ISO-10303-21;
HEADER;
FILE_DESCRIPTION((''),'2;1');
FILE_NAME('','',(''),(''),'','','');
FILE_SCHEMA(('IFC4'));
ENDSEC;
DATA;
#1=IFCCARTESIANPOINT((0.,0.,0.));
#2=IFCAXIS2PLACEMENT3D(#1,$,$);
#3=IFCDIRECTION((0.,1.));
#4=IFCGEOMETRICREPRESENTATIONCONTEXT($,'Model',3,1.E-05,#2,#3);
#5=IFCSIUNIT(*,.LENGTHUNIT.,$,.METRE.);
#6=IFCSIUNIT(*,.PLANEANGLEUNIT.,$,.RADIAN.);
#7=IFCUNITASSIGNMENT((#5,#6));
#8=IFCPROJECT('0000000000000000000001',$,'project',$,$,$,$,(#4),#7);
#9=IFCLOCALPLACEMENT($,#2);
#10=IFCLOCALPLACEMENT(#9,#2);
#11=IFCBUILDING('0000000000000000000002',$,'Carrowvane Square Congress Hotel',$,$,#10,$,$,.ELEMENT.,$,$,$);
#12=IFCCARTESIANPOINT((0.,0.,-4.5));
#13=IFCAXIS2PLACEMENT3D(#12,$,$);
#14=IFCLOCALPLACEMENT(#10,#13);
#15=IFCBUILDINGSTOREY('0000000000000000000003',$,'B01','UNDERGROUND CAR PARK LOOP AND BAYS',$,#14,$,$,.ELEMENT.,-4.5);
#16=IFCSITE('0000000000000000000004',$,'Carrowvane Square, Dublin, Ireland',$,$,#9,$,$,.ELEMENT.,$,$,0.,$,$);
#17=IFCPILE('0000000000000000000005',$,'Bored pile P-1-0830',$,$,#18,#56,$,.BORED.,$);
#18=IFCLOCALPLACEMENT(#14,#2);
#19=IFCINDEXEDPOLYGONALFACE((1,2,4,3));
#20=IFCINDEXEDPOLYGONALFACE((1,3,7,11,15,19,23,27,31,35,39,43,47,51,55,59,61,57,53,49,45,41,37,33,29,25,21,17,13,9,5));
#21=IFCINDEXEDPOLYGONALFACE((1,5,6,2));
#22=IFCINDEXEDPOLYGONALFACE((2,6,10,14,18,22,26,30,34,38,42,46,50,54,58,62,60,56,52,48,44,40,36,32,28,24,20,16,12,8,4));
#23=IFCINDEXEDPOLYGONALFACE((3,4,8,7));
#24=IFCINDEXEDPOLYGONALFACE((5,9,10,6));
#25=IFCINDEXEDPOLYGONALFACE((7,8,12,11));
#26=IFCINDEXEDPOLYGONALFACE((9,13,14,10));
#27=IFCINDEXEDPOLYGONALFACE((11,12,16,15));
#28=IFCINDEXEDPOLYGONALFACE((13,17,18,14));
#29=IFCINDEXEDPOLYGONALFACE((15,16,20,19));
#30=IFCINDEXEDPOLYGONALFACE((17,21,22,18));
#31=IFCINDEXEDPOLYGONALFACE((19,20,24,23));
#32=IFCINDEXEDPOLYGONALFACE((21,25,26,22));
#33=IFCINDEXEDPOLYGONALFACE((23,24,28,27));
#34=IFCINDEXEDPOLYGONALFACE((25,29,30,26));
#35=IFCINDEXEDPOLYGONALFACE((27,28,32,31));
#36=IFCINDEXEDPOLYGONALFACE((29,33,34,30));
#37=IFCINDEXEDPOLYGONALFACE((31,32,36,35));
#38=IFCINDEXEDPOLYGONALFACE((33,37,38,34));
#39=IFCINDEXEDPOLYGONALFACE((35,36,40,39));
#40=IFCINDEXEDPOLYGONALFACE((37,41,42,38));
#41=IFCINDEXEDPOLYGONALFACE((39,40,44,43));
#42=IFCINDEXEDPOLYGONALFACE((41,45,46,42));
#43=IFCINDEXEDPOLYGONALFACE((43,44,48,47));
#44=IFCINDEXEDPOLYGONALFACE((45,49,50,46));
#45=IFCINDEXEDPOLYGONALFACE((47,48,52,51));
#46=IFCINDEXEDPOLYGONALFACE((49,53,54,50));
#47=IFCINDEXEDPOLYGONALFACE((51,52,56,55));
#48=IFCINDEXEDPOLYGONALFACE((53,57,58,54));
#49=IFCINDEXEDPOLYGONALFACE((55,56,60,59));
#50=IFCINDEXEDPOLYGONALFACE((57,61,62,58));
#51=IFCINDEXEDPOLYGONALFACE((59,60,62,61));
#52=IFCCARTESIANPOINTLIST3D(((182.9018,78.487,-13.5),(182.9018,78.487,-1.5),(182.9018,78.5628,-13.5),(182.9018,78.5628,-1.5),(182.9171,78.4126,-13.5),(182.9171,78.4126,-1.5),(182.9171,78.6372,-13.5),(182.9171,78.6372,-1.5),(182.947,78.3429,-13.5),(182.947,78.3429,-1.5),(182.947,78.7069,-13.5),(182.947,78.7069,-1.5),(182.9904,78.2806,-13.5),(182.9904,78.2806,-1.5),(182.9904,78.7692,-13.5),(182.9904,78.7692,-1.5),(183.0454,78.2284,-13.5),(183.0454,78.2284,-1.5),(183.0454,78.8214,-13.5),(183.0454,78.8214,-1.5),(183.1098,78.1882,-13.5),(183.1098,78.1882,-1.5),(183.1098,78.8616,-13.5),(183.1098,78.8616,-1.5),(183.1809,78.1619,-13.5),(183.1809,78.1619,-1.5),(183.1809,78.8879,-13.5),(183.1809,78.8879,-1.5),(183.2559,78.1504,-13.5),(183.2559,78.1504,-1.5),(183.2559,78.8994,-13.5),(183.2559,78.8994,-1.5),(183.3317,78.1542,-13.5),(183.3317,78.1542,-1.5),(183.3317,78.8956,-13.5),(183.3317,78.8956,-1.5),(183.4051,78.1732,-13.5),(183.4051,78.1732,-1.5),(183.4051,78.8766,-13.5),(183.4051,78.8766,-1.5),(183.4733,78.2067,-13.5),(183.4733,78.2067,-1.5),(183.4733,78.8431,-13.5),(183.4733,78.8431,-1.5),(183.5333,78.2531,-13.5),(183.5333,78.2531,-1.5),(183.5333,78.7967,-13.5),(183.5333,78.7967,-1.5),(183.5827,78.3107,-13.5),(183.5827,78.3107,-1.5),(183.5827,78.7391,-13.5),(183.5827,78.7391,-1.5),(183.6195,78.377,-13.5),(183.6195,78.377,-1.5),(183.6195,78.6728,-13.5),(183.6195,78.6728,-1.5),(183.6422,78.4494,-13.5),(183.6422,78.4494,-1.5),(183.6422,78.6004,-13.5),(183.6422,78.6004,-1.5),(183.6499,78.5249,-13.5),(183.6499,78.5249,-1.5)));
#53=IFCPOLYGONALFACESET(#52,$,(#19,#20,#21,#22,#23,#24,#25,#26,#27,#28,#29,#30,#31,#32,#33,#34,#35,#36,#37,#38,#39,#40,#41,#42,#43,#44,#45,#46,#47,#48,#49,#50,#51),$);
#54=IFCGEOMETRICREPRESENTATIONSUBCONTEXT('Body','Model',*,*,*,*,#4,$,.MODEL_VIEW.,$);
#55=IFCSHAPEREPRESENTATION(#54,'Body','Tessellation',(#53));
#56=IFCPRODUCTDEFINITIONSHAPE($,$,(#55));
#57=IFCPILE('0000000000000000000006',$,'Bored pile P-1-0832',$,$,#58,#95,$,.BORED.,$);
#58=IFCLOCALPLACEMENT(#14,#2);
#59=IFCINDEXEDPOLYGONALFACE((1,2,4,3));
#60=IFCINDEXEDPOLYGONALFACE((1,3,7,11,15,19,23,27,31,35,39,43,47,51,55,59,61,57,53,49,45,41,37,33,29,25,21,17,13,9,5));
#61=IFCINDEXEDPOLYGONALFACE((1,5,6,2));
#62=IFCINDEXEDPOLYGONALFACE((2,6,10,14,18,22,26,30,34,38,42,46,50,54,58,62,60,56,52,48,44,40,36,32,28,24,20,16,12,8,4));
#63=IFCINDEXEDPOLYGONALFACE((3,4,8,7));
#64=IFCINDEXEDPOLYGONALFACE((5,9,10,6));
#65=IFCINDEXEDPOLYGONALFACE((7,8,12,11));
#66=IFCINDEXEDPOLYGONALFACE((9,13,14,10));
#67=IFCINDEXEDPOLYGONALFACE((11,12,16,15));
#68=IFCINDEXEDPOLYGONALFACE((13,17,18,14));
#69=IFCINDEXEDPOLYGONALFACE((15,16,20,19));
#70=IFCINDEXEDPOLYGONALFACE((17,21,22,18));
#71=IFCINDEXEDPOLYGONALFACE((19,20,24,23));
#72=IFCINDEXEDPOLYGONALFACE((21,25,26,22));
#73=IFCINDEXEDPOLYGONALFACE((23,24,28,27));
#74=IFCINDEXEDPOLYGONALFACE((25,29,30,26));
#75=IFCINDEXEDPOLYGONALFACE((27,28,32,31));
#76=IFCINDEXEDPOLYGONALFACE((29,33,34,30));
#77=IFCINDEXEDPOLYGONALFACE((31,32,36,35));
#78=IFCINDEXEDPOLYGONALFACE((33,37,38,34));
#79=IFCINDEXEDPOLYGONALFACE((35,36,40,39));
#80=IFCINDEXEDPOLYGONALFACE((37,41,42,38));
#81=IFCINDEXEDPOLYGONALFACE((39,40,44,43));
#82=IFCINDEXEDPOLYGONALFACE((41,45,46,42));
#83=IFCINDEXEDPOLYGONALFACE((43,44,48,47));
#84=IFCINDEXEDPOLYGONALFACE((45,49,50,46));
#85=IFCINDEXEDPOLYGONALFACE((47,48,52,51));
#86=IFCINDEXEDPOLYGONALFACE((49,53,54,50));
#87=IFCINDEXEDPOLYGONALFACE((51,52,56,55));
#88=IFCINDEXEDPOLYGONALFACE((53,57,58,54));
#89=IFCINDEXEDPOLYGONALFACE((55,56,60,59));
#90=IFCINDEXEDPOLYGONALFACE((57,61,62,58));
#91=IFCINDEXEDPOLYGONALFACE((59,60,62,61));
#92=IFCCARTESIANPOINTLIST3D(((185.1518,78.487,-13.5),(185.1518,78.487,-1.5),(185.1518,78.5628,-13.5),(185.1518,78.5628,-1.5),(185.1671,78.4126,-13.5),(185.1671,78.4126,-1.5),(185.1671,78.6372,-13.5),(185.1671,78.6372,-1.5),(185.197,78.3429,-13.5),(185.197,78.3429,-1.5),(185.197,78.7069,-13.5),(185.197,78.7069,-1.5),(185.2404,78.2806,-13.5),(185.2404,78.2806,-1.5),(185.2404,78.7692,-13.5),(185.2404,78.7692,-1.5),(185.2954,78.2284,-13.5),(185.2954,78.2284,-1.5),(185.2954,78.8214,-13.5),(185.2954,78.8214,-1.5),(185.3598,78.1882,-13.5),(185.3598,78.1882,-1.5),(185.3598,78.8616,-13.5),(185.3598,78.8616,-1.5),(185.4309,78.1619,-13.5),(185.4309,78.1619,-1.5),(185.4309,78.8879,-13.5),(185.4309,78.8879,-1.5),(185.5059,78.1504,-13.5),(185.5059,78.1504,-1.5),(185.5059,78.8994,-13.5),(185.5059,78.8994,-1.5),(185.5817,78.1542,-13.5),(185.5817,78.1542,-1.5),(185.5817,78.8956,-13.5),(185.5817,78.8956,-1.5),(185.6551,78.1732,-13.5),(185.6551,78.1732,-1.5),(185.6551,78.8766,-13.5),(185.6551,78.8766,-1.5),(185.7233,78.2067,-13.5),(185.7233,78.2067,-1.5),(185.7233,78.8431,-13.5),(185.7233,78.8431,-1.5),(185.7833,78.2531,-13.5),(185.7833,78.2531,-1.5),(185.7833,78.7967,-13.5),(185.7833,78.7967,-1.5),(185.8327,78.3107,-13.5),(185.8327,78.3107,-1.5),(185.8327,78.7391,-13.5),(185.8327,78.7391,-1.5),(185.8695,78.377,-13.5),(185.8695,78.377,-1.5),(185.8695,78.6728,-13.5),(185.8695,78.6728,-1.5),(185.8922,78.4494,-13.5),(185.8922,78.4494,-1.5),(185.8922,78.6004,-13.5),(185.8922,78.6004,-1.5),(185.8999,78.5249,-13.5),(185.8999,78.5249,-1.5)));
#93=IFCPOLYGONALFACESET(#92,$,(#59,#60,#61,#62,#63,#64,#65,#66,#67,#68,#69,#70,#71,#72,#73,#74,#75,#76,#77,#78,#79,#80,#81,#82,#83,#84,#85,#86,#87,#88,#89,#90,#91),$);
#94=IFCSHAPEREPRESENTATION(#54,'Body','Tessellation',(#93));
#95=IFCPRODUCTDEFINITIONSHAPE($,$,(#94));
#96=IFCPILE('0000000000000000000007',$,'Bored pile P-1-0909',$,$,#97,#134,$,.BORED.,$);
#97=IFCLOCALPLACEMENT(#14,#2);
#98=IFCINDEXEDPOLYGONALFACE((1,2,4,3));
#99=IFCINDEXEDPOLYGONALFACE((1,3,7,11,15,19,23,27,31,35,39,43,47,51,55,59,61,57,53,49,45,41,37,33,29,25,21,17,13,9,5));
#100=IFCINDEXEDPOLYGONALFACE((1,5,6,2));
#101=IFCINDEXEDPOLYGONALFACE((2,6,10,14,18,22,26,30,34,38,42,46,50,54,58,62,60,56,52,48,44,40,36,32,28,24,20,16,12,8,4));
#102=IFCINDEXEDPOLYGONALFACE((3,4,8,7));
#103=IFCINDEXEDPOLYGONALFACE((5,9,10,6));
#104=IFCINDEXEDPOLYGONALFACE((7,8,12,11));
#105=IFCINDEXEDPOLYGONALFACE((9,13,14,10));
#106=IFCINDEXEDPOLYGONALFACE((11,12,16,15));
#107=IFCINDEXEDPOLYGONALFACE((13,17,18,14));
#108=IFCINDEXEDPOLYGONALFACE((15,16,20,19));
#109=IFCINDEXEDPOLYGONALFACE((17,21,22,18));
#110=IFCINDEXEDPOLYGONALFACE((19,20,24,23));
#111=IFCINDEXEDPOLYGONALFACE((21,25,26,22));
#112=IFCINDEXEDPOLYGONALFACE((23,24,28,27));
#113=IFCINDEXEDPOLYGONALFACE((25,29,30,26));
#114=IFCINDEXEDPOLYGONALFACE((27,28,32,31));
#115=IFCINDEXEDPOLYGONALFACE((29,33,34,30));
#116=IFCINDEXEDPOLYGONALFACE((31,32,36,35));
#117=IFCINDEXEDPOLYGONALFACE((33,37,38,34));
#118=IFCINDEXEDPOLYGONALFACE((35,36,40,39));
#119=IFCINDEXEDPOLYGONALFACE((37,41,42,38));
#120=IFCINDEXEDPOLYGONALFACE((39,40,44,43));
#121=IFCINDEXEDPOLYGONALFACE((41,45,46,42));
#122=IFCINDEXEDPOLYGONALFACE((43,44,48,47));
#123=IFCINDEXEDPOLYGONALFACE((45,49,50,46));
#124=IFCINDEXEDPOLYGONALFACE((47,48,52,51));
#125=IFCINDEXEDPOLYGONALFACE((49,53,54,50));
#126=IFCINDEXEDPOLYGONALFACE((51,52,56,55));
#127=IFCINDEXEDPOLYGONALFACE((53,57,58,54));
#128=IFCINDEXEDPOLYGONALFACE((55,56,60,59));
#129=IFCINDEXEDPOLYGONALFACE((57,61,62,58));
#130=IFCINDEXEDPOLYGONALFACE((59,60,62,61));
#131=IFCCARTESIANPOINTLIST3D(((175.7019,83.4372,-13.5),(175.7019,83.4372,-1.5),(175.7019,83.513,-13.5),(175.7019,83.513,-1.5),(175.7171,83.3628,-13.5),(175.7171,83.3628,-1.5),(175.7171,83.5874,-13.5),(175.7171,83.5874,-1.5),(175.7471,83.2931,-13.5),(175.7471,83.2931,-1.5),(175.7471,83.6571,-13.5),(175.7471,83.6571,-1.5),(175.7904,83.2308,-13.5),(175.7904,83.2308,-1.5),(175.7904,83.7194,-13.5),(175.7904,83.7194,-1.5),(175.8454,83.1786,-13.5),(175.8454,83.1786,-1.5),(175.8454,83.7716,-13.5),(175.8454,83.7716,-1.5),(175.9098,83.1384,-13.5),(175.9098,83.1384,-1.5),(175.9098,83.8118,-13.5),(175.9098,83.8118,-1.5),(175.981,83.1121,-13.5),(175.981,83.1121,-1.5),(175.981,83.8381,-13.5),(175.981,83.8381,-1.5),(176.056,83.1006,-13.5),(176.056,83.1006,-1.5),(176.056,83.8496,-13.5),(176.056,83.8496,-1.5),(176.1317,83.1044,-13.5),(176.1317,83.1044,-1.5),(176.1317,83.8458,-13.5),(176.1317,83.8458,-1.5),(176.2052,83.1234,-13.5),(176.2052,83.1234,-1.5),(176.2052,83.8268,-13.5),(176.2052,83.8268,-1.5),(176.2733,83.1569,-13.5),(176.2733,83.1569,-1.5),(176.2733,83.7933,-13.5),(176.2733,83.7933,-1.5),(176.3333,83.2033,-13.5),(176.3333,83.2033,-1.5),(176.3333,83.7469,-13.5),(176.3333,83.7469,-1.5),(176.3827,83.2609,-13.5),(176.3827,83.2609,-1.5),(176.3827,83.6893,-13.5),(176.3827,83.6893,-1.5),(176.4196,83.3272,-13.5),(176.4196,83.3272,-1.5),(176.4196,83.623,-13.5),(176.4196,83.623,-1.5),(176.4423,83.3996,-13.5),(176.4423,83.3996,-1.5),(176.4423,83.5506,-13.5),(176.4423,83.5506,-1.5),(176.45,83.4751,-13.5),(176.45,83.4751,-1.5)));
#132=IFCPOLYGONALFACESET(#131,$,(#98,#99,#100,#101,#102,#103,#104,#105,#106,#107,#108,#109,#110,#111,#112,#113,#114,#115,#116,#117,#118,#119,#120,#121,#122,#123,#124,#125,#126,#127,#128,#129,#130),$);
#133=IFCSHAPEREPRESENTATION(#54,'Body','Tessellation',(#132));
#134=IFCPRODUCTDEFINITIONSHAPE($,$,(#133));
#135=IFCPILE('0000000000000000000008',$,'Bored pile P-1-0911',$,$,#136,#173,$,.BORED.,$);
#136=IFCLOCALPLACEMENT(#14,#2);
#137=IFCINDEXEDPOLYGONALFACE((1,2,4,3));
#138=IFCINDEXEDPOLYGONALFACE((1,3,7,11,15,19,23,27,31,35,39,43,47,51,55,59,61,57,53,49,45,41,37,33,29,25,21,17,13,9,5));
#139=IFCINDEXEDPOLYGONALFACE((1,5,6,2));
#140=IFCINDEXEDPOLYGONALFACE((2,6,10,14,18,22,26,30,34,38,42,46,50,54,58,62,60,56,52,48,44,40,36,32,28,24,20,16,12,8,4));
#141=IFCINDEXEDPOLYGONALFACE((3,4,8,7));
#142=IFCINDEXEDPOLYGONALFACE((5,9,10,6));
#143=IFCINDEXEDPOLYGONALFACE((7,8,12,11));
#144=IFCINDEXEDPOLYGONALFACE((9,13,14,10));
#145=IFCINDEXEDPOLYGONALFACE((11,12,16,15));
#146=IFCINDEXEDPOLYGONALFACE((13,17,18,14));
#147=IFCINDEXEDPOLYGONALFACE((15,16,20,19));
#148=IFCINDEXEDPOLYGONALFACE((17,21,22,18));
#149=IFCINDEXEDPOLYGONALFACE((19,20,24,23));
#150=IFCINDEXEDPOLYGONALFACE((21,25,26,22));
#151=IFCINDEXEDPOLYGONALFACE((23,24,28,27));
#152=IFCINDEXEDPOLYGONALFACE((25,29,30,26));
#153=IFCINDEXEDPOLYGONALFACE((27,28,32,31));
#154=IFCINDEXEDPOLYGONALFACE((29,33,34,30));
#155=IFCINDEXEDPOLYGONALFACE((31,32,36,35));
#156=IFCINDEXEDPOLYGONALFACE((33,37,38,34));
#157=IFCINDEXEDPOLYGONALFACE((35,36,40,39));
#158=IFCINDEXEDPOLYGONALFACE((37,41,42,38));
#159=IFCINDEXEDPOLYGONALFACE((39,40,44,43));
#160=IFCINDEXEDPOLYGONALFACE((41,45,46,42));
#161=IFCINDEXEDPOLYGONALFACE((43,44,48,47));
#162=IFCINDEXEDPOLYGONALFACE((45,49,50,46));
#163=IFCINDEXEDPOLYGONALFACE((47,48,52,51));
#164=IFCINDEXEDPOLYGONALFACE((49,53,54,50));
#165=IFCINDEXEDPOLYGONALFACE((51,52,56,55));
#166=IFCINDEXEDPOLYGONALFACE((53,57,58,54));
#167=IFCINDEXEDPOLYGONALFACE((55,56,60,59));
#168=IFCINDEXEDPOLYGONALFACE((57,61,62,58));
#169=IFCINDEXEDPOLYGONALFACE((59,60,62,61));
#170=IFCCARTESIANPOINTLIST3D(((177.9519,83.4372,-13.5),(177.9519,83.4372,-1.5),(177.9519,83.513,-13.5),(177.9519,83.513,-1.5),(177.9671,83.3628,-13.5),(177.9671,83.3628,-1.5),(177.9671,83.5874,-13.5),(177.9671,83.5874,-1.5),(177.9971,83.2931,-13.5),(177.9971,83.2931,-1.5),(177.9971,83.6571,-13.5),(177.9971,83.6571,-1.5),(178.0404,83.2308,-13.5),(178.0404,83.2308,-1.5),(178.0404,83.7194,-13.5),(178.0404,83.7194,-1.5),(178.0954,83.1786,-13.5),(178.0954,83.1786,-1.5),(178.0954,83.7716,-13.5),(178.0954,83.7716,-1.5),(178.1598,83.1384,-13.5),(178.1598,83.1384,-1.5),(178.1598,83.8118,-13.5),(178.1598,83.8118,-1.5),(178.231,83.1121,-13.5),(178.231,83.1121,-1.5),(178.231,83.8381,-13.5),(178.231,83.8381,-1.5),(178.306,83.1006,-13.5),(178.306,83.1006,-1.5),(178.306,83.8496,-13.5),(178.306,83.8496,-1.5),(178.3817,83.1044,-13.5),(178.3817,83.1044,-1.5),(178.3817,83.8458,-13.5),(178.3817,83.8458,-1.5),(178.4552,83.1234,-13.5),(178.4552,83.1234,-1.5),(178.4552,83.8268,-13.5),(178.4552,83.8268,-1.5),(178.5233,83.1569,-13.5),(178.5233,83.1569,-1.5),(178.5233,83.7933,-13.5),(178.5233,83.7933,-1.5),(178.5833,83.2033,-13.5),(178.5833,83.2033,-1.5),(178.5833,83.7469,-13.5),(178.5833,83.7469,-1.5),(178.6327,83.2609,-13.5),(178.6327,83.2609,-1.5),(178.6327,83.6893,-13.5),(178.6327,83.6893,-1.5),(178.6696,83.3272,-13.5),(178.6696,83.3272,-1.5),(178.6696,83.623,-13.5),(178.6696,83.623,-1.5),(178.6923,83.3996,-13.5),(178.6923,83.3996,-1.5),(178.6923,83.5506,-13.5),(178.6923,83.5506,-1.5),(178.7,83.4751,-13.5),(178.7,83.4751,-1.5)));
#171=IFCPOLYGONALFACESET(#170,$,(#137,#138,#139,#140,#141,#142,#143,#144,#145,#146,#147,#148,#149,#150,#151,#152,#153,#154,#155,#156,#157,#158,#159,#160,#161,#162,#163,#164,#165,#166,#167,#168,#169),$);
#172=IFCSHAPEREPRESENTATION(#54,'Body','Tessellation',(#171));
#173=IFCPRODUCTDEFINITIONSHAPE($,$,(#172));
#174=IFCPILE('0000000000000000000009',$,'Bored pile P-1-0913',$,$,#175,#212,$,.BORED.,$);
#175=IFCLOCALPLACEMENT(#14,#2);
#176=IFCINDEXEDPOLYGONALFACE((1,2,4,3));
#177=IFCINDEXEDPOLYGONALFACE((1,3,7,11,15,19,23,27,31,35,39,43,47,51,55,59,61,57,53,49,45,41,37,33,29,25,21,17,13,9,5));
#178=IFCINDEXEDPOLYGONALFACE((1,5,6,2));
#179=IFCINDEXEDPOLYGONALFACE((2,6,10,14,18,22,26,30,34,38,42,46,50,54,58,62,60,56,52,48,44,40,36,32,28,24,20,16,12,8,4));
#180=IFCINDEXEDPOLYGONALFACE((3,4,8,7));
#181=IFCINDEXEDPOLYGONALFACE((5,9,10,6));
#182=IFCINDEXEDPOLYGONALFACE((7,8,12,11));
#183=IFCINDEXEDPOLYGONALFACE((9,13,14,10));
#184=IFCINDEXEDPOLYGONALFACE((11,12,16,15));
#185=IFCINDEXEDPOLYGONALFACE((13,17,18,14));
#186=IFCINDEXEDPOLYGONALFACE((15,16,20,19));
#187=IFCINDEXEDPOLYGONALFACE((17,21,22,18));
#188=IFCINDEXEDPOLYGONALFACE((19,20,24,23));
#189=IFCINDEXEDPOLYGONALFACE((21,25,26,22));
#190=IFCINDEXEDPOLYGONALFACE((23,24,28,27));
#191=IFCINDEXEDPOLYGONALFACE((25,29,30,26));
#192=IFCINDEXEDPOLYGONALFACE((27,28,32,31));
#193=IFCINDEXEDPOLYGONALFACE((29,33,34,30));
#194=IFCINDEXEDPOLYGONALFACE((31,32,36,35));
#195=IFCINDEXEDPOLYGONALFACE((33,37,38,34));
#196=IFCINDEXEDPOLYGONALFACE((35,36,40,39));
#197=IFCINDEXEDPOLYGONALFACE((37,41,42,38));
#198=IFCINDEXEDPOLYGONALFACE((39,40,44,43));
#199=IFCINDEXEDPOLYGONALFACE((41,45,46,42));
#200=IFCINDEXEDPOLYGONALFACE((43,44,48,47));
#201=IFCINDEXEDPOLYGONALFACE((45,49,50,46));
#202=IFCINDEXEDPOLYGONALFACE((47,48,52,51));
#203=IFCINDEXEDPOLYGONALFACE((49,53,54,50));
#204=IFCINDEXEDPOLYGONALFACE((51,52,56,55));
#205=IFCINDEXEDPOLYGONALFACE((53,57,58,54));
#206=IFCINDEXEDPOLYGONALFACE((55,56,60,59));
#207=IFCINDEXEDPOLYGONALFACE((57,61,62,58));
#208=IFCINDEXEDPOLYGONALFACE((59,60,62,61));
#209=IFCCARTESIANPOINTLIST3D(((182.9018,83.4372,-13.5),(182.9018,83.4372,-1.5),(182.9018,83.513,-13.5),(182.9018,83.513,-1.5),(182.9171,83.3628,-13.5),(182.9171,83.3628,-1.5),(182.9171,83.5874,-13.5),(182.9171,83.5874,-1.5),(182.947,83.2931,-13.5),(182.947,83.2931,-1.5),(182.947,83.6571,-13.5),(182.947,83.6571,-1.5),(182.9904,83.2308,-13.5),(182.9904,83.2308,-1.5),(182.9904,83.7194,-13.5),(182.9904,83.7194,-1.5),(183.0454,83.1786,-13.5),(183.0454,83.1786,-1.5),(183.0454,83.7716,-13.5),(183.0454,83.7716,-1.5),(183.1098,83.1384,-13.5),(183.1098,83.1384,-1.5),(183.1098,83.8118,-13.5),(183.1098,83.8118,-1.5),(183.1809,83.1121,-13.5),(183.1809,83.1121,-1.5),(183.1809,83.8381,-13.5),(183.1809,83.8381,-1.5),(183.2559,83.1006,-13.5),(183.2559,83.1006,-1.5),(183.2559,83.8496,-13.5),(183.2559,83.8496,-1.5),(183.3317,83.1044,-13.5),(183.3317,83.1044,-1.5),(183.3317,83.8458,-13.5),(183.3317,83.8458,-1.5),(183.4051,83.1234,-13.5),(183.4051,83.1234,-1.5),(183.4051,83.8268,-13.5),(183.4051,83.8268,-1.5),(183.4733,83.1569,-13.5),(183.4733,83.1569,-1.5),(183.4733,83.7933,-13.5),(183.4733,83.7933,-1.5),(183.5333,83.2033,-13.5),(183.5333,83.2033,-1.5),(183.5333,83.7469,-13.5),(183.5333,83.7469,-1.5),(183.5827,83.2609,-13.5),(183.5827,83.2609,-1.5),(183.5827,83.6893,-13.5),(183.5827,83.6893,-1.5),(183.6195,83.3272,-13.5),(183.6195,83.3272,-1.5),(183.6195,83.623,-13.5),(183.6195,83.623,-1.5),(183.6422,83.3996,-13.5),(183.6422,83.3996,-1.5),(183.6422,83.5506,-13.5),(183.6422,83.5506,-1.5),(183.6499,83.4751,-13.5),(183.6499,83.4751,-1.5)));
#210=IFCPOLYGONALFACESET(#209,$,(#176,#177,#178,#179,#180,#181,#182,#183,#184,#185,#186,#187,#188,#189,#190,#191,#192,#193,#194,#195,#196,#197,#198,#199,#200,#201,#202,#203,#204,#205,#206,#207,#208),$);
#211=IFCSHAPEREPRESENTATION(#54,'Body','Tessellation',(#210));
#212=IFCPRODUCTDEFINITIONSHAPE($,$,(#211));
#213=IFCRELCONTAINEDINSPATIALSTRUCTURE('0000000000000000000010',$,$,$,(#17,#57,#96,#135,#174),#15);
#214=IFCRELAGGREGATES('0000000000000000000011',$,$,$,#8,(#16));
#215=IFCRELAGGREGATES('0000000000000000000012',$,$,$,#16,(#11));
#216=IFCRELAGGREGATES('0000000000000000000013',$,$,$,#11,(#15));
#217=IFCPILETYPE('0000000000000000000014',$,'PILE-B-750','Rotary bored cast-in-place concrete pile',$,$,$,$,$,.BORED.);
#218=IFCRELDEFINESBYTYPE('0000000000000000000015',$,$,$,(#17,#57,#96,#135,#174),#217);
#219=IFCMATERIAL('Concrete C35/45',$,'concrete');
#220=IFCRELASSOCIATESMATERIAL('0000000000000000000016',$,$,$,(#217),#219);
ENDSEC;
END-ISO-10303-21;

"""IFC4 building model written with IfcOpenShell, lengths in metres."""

from ifc_helpers import new_model, si_unit, direction, frame, origin, origin_2d, place, context, subcontext, project, spatial, circle, extrude, material, material_profile, profile_set, type_object, element, save


model = new_model("IFC4")

# Units and contexts
model_context = context("Model", 3, precision=1e-05, world=origin(), true_north=direction((0.0, 1.0)))
body_context = subcontext(model_context, "Body", "Model", "MODEL_VIEW")
ifc_project = project(units=[si_unit("LENGTHUNIT", "METRE"), si_unit("PLANEANGLEUNIT", "RADIAN")], contexts=[model_context])

# Site, building, storey
site_placement = place(None, origin())
site = spatial("IfcSite", under=ifc_project, at=site_placement, Name="Carrowvane Square, Dublin, Ireland", CompositionType="ELEMENT", RefElevation=0.0)
building_placement = place(site_placement, origin())
building = spatial("IfcBuilding", under=site, at=building_placement, Name="Carrowvane Square Congress Hotel", CompositionType="ELEMENT")
storey_placement = place(building_placement, frame((0.0, 0.0, -4.5)))
storey = spatial("IfcBuildingStorey", under=building, at=storey_placement, Name="B01", Description="UNDERGROUND CAR PARK LOOP AND BAYS", CompositionType="ELEMENT", Elevation=-4.5)

# Piles
ifc_material_1 = material(Name="Concrete C35/45", Category="concrete")
ifc_material_profile_1 = material_profile(ifc_material_1, circle(Radius=0.375, at=origin_2d()), Name="PILE D750")
ifc_profile_set_1 = profile_set([ifc_material_profile_1], Name="Concrete C35/45")
pile_type = type_object("IfcPileType", Name="PILE-B-750", Description="Rotary bored cast-in-place concrete pile", PredefinedType="BORED", material=ifc_profile_set_1)
for number, where, z_axis, x_axis, name in (
    (1, (183.2749, 78.5249, -1.5), (0.0, 0.0, -1.0), (1.0, 0.0, 0.0), "Bored pile P-1-0830"),
    (2, (185.5249, 78.5249, -1.5), (0.0, 0.0, -1.0), (1.0, 0.0, 0.0), "Bored pile P-1-0832"),
    (3, (176.075, 83.4751, -1.5), (0.0, 0.0, -1.0), (1.0, 0.0, 0.0), "Bored pile P-1-0909"),
    (4, (178.325, 83.4751, -1.5), (0.0, 0.0, -1.0), (1.0, 0.0, 0.0), "Bored pile P-1-0911"),
    (5, (183.2749, 83.4751, -1.5), (0.0, 0.0, -1.0), (1.0, 0.0, 0.0), "Bored pile P-1-0913"),
):
    element("IfcPile", number, at=place(storey_placement, frame(where, z_axis=z_axis, x_axis=x_axis)), inside=storey, type_object=pile_type, Name=name, PredefinedType="BORED", context=body_context, shape_type="SweptSolid", body=[
        extrude(circle(Radius=0.375, at=origin_2d()), origin(), (0.0, 0.0, 1.0), 12.0),
    ])

save(model, "model.ifc")
